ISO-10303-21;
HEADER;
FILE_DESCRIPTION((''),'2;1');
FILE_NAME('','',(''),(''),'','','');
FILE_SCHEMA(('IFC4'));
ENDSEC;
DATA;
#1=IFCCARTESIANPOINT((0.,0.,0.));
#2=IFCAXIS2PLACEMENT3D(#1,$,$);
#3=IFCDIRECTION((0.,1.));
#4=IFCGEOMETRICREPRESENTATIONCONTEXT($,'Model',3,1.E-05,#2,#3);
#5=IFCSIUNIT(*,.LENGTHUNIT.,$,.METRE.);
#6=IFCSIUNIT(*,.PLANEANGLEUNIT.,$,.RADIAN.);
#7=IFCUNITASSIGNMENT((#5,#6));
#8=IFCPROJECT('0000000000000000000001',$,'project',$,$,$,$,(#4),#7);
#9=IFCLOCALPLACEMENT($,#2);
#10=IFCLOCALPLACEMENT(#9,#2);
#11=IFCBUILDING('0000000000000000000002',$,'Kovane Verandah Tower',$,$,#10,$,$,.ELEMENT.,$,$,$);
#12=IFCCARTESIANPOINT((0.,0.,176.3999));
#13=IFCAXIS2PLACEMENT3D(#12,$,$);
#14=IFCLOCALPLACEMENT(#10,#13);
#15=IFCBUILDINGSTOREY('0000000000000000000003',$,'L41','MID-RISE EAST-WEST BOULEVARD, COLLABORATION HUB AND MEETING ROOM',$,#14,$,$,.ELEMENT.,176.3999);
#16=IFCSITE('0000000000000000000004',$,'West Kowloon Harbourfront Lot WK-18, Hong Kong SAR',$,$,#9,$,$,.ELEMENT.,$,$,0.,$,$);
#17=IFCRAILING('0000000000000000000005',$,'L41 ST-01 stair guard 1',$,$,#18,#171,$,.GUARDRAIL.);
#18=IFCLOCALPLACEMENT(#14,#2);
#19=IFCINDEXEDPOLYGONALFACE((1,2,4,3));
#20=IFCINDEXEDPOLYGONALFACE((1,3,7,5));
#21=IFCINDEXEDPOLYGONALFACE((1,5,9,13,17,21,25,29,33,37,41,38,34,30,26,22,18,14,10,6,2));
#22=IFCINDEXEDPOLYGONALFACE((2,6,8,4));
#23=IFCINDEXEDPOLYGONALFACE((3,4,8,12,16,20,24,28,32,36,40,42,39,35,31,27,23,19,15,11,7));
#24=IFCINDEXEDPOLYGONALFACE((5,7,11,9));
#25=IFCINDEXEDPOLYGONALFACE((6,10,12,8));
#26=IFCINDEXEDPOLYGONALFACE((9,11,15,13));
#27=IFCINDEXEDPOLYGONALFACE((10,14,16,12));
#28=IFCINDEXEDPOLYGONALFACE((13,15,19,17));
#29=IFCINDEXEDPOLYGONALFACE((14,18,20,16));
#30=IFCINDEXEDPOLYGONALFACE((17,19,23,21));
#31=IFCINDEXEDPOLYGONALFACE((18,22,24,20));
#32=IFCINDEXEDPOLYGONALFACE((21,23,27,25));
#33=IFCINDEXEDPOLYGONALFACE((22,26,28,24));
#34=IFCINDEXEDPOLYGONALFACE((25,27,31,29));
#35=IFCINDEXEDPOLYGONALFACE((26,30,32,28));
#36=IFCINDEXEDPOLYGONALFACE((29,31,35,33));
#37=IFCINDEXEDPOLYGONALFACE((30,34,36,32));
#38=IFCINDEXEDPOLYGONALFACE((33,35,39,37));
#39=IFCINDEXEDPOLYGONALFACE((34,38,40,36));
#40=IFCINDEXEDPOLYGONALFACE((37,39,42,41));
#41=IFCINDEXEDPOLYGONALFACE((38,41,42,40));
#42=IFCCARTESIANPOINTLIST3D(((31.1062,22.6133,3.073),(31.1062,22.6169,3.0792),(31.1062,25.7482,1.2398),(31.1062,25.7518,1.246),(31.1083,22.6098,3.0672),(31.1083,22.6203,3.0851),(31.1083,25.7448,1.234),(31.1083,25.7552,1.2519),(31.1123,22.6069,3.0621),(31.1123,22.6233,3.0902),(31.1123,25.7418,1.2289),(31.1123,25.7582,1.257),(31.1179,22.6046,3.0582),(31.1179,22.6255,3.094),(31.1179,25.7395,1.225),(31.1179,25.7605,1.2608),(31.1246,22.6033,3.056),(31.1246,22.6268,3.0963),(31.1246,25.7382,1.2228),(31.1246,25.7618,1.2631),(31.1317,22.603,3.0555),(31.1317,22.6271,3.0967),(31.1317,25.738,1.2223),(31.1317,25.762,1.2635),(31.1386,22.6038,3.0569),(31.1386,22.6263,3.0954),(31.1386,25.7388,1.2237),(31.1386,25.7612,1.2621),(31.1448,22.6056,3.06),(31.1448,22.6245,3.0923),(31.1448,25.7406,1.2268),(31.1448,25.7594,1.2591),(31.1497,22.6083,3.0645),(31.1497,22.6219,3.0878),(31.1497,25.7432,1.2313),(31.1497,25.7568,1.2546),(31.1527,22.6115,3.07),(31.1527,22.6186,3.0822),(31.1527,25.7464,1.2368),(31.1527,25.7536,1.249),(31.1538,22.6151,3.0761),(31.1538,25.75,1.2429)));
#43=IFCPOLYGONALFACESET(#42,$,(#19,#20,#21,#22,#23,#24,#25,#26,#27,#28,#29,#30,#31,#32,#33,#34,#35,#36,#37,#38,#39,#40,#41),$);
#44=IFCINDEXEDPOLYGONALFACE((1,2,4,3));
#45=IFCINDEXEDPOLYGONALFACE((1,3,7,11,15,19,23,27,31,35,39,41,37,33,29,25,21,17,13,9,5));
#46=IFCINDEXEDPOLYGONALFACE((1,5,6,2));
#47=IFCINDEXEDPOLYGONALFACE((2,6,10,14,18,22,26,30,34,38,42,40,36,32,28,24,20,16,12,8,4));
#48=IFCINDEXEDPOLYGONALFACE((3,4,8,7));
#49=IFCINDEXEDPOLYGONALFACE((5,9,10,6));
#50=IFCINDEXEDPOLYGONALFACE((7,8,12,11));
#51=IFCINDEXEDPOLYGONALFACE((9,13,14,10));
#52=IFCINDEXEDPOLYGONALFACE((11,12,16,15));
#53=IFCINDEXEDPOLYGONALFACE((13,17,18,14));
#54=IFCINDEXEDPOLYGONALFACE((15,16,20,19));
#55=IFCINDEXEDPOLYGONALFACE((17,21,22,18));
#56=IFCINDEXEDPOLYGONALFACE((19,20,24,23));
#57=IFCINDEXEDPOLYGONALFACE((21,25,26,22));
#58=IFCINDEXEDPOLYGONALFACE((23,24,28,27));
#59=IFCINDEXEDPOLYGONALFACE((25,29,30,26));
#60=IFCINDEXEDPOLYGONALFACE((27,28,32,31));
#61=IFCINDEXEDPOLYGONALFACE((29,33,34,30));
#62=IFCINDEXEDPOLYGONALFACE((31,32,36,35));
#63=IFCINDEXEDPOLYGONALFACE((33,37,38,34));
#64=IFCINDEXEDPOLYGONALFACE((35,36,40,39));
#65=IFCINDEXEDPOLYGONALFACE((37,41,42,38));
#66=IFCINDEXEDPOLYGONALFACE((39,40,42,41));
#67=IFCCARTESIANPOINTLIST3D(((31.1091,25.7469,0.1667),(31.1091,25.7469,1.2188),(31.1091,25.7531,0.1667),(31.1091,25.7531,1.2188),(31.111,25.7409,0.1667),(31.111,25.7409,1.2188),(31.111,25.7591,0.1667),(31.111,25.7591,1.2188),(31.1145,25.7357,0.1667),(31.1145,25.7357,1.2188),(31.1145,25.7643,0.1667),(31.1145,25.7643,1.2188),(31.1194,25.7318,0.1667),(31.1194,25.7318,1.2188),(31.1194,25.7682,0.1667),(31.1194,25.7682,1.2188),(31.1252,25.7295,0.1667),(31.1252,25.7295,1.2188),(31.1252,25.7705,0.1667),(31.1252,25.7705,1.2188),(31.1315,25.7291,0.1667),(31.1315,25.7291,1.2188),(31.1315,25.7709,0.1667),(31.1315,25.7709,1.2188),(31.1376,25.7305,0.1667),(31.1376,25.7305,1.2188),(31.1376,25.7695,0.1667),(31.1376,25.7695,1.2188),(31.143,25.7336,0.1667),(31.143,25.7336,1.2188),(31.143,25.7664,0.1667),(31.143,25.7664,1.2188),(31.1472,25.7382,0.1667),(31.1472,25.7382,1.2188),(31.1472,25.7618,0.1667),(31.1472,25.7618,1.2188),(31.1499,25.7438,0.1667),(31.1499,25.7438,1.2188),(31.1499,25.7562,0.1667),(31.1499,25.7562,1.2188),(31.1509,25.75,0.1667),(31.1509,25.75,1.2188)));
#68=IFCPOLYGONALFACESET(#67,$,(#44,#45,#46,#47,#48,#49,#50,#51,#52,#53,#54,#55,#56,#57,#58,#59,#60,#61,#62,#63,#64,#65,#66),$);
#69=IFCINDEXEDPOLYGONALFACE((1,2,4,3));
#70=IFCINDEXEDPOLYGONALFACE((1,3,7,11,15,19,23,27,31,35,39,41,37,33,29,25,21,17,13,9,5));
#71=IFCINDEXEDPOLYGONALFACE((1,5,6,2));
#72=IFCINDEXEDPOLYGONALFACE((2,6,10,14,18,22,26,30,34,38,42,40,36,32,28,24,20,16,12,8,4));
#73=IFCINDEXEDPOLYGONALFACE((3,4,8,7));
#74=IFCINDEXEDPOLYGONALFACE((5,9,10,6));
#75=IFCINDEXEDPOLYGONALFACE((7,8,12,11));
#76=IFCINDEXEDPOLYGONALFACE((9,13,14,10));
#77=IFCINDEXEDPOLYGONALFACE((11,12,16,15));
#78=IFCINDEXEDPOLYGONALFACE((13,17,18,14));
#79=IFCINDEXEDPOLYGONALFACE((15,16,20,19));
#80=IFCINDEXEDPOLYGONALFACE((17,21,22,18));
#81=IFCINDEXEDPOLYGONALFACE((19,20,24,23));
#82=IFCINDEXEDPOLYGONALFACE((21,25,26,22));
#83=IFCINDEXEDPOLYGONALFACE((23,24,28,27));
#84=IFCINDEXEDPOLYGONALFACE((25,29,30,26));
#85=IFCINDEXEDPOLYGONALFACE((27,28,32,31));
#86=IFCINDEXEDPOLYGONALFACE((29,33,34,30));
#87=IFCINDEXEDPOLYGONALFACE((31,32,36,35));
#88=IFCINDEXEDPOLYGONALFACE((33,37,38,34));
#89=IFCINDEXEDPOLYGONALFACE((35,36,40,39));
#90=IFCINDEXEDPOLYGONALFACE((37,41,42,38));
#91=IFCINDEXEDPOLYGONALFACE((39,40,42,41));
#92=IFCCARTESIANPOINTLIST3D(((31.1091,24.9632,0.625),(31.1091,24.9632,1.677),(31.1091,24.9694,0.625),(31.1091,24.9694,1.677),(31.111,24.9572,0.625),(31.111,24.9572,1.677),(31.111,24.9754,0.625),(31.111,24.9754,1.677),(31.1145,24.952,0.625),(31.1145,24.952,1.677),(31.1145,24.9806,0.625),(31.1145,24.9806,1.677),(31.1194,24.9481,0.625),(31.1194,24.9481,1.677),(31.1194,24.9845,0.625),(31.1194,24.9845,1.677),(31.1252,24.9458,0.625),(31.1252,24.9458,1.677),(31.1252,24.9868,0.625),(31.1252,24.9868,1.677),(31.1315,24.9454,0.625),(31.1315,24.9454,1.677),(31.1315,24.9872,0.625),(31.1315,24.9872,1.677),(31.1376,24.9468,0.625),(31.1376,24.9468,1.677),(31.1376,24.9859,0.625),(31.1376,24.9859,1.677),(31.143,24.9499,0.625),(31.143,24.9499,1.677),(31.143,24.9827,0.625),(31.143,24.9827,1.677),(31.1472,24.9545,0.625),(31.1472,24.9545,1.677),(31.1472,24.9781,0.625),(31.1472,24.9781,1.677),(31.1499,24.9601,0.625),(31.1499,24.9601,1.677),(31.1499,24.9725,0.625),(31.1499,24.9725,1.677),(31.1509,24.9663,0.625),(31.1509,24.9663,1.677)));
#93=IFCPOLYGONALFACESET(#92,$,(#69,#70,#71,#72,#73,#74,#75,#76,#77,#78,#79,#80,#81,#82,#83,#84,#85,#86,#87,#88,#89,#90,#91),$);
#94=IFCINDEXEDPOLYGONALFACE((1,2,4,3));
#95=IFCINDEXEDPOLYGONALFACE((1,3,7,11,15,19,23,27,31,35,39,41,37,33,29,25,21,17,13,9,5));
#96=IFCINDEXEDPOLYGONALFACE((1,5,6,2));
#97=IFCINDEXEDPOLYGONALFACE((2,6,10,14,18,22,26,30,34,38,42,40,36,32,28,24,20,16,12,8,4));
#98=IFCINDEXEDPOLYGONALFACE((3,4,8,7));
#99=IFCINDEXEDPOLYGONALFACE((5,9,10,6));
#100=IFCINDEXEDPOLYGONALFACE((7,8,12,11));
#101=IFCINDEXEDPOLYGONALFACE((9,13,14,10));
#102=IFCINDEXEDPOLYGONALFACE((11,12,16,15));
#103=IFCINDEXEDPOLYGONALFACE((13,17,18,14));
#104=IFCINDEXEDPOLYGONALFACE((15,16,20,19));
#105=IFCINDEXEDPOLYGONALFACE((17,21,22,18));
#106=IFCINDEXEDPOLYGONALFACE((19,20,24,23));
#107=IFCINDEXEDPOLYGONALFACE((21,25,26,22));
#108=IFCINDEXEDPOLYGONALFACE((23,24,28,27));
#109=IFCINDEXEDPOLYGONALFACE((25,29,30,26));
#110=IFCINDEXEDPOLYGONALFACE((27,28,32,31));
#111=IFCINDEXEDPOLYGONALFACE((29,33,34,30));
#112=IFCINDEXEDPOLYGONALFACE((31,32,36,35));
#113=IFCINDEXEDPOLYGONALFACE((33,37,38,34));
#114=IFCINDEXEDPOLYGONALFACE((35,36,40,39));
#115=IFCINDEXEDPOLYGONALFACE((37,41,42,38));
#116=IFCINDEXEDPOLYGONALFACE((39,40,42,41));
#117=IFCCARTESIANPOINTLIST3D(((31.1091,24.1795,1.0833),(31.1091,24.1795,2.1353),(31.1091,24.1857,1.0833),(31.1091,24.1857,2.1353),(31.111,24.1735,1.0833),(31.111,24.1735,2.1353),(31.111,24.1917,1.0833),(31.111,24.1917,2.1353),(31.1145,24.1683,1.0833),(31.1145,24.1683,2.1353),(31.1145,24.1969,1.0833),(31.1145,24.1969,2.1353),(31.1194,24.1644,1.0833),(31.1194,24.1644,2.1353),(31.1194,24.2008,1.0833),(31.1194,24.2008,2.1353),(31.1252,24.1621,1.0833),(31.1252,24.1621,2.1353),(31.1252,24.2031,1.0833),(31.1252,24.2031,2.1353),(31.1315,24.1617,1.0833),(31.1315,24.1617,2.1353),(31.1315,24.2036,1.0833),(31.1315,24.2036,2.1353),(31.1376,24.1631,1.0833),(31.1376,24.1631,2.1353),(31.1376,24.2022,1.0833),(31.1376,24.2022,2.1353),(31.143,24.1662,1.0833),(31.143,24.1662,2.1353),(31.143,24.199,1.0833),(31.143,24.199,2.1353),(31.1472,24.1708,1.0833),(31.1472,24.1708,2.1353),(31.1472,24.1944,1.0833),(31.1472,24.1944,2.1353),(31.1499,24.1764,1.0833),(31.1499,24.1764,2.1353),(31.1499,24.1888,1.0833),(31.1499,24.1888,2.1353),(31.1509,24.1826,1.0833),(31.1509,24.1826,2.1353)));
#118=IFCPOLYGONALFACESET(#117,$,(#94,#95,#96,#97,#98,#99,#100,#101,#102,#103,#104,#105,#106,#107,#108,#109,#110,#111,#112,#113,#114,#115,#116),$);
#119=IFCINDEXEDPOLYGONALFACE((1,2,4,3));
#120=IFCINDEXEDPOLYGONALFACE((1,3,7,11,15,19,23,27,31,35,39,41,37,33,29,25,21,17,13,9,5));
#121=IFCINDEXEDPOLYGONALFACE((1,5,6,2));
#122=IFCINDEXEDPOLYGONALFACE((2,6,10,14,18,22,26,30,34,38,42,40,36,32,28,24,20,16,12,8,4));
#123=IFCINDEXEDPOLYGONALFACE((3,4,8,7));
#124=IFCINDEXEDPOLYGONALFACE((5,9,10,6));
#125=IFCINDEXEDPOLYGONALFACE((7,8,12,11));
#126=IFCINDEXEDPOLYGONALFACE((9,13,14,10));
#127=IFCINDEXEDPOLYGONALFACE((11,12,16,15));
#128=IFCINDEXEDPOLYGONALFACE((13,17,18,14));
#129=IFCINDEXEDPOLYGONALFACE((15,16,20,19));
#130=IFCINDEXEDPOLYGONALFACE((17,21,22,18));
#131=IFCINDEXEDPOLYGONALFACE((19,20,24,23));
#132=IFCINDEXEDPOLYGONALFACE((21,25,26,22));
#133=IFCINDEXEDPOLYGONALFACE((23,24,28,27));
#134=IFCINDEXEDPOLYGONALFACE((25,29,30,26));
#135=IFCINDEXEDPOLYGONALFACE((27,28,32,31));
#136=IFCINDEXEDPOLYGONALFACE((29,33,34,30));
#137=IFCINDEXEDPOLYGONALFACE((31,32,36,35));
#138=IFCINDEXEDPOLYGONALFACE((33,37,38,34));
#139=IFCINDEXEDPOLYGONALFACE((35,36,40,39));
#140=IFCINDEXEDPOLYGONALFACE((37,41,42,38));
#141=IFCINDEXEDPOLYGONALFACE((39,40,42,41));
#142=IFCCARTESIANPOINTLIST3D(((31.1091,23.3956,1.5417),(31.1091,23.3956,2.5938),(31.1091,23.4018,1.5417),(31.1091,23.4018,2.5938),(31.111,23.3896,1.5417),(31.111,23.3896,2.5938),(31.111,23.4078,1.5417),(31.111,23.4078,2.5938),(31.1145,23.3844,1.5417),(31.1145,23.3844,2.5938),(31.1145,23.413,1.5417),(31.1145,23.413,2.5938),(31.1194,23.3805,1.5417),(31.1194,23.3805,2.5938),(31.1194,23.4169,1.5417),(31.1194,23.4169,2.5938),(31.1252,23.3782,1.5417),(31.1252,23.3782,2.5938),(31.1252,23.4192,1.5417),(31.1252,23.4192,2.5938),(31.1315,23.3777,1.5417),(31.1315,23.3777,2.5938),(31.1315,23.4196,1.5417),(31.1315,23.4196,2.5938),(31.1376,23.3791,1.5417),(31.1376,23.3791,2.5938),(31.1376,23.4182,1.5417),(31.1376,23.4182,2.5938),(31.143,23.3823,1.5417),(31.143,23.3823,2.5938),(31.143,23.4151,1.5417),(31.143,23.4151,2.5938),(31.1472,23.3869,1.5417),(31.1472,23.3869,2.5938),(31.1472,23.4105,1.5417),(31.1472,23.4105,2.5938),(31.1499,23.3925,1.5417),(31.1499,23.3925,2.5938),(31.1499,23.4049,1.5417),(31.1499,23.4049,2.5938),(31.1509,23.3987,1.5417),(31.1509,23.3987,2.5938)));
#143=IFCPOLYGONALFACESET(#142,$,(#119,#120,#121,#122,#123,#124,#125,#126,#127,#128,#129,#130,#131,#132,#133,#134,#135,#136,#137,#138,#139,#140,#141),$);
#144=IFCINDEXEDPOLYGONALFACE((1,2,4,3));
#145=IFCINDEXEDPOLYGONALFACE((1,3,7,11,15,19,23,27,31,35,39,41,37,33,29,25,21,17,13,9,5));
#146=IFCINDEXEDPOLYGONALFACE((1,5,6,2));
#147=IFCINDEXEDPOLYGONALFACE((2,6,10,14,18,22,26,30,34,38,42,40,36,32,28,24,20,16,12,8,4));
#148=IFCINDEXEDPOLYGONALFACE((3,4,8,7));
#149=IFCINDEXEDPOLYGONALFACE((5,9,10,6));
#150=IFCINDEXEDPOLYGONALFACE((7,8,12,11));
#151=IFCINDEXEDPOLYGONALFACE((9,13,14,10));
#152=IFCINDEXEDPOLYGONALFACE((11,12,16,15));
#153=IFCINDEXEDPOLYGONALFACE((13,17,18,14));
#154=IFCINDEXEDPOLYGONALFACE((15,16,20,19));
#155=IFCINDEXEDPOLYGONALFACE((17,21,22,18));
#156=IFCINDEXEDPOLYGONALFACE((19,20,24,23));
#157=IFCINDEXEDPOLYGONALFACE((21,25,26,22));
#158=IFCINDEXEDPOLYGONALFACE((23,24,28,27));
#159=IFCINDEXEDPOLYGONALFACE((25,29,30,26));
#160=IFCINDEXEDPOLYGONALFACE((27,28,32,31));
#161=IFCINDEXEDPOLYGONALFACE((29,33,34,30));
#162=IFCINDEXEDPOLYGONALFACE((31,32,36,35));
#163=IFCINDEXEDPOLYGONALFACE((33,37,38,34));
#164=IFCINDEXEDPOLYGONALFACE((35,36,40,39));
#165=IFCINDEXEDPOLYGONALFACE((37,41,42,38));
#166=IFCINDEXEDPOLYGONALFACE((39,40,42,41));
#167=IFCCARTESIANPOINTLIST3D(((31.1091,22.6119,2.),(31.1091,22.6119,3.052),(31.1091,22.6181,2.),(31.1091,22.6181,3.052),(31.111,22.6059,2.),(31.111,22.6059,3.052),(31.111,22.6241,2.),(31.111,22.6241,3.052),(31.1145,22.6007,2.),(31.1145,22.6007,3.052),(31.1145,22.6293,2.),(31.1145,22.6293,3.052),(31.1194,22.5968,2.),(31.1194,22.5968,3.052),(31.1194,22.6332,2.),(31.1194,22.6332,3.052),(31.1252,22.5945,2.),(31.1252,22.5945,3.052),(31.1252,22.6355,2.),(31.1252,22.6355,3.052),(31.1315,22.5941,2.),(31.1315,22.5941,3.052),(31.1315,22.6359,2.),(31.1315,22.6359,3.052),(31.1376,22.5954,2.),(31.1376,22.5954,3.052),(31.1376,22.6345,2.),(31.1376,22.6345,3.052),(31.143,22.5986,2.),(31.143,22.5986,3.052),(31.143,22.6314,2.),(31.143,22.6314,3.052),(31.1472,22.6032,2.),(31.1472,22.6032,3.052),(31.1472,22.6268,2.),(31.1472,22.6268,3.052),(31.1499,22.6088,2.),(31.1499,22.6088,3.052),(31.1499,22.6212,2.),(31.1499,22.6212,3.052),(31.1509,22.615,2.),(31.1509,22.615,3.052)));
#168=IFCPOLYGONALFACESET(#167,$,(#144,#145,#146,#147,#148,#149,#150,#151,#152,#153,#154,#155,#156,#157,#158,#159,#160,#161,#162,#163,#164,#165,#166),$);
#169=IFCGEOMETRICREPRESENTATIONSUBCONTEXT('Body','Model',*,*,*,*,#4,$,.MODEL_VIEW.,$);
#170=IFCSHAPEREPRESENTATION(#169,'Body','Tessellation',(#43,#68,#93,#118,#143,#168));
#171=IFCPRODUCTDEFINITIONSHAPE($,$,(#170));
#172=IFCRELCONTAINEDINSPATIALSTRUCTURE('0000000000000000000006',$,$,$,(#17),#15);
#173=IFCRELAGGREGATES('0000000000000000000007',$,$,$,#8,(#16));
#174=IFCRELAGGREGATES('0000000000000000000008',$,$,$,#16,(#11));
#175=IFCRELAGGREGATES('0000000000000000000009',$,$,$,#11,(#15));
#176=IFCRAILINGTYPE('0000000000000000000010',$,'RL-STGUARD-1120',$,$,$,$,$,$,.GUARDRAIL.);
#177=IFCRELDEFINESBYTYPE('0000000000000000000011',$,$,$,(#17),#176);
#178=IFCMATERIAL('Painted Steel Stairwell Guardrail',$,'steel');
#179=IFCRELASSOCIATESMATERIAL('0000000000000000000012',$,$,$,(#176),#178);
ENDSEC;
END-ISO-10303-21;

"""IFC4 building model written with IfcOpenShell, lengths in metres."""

from ifc_helpers import new_model, si_unit, direction, frame, origin, origin_2d, place, context, subcontext, project, spatial, circle, extrude, material, type_object, element, save


model = new_model("IFC4")

# Units and contexts
model_context = context("Model", 3, precision=1e-05, world=origin(), true_north=direction((0.0, 1.0)))
body_context = subcontext(model_context, "Body", "Model", "MODEL_VIEW")
ifc_project = project(units=[si_unit("LENGTHUNIT", "METRE"), si_unit("PLANEANGLEUNIT", "RADIAN")], contexts=[model_context])

# Site, building, storey
site_placement = place(None, origin())
site = spatial("IfcSite", under=ifc_project, at=site_placement, Name="West Kowloon Harbourfront Lot WK-18, Hong Kong SAR", CompositionType="ELEMENT", RefElevation=0.0)
building_placement = place(site_placement, origin())
building = spatial("IfcBuilding", under=site, at=building_placement, Name="Kovane Verandah Tower", CompositionType="ELEMENT")
storey_placement = place(building_placement, frame((0.0, 0.0, 176.3999)))
storey = spatial("IfcBuildingStorey", under=building, at=storey_placement, Name="L41", Description="MID-RISE EAST-WEST BOULEVARD, COLLABORATION HUB AND MEETING ROOM", CompositionType="ELEMENT", Elevation=176.3999)

# Railing
ifc_material_1 = material(Name="Painted Steel Stairwell Guardrail", Category="steel")
railing_type_1 = type_object("IfcRailingType", Name="RL-STGUARD-1120", PredefinedType="GUARDRAIL", material=ifc_material_1)
railing_1_placement = place(storey_placement, frame((31.1299, 25.75, 0.1667)))
element("IfcRailing", 1, at=railing_1_placement, inside=storey, type_object=railing_type_1, Name="L41 ST-01 stair guard 1", PredefinedType="GUARDRAIL", context=body_context, shape_type="SweptSolid", body=[
    extrude(circle(Radius=0.0239, at=origin_2d()), frame((0.0, 0.0, 1.0762), z_axis=(0.0, -0.86324, 0.504794), x_axis=(1.0, 0.0, 0.0)), (0.0, 0.0, 1.0), 3.6316),
    extrude(circle(Radius=0.021, at=origin_2d()), origin(), (0.0, 0.0, 1.0), 1.052),
    extrude(circle(Radius=0.021, at=origin_2d()), frame((0.0, -0.7837, 0.4583)), (0.0, 0.0, 1.0), 1.052),
    extrude(circle(Radius=0.021, at=origin_2d()), frame((0.0, -1.5674, 0.9165)), (0.0, 0.0, 1.0), 1.052),
    extrude(circle(Radius=0.021, at=origin_2d()), frame((0.0, -2.3513, 1.375)), (0.0, 0.0, 1.0), 1.052),
    extrude(circle(Radius=0.021, at=origin_2d()), frame((0.0, -3.135, 1.8333)), (0.0, 0.0, 1.0), 1.052),
])

save(model, "model.ifc")
